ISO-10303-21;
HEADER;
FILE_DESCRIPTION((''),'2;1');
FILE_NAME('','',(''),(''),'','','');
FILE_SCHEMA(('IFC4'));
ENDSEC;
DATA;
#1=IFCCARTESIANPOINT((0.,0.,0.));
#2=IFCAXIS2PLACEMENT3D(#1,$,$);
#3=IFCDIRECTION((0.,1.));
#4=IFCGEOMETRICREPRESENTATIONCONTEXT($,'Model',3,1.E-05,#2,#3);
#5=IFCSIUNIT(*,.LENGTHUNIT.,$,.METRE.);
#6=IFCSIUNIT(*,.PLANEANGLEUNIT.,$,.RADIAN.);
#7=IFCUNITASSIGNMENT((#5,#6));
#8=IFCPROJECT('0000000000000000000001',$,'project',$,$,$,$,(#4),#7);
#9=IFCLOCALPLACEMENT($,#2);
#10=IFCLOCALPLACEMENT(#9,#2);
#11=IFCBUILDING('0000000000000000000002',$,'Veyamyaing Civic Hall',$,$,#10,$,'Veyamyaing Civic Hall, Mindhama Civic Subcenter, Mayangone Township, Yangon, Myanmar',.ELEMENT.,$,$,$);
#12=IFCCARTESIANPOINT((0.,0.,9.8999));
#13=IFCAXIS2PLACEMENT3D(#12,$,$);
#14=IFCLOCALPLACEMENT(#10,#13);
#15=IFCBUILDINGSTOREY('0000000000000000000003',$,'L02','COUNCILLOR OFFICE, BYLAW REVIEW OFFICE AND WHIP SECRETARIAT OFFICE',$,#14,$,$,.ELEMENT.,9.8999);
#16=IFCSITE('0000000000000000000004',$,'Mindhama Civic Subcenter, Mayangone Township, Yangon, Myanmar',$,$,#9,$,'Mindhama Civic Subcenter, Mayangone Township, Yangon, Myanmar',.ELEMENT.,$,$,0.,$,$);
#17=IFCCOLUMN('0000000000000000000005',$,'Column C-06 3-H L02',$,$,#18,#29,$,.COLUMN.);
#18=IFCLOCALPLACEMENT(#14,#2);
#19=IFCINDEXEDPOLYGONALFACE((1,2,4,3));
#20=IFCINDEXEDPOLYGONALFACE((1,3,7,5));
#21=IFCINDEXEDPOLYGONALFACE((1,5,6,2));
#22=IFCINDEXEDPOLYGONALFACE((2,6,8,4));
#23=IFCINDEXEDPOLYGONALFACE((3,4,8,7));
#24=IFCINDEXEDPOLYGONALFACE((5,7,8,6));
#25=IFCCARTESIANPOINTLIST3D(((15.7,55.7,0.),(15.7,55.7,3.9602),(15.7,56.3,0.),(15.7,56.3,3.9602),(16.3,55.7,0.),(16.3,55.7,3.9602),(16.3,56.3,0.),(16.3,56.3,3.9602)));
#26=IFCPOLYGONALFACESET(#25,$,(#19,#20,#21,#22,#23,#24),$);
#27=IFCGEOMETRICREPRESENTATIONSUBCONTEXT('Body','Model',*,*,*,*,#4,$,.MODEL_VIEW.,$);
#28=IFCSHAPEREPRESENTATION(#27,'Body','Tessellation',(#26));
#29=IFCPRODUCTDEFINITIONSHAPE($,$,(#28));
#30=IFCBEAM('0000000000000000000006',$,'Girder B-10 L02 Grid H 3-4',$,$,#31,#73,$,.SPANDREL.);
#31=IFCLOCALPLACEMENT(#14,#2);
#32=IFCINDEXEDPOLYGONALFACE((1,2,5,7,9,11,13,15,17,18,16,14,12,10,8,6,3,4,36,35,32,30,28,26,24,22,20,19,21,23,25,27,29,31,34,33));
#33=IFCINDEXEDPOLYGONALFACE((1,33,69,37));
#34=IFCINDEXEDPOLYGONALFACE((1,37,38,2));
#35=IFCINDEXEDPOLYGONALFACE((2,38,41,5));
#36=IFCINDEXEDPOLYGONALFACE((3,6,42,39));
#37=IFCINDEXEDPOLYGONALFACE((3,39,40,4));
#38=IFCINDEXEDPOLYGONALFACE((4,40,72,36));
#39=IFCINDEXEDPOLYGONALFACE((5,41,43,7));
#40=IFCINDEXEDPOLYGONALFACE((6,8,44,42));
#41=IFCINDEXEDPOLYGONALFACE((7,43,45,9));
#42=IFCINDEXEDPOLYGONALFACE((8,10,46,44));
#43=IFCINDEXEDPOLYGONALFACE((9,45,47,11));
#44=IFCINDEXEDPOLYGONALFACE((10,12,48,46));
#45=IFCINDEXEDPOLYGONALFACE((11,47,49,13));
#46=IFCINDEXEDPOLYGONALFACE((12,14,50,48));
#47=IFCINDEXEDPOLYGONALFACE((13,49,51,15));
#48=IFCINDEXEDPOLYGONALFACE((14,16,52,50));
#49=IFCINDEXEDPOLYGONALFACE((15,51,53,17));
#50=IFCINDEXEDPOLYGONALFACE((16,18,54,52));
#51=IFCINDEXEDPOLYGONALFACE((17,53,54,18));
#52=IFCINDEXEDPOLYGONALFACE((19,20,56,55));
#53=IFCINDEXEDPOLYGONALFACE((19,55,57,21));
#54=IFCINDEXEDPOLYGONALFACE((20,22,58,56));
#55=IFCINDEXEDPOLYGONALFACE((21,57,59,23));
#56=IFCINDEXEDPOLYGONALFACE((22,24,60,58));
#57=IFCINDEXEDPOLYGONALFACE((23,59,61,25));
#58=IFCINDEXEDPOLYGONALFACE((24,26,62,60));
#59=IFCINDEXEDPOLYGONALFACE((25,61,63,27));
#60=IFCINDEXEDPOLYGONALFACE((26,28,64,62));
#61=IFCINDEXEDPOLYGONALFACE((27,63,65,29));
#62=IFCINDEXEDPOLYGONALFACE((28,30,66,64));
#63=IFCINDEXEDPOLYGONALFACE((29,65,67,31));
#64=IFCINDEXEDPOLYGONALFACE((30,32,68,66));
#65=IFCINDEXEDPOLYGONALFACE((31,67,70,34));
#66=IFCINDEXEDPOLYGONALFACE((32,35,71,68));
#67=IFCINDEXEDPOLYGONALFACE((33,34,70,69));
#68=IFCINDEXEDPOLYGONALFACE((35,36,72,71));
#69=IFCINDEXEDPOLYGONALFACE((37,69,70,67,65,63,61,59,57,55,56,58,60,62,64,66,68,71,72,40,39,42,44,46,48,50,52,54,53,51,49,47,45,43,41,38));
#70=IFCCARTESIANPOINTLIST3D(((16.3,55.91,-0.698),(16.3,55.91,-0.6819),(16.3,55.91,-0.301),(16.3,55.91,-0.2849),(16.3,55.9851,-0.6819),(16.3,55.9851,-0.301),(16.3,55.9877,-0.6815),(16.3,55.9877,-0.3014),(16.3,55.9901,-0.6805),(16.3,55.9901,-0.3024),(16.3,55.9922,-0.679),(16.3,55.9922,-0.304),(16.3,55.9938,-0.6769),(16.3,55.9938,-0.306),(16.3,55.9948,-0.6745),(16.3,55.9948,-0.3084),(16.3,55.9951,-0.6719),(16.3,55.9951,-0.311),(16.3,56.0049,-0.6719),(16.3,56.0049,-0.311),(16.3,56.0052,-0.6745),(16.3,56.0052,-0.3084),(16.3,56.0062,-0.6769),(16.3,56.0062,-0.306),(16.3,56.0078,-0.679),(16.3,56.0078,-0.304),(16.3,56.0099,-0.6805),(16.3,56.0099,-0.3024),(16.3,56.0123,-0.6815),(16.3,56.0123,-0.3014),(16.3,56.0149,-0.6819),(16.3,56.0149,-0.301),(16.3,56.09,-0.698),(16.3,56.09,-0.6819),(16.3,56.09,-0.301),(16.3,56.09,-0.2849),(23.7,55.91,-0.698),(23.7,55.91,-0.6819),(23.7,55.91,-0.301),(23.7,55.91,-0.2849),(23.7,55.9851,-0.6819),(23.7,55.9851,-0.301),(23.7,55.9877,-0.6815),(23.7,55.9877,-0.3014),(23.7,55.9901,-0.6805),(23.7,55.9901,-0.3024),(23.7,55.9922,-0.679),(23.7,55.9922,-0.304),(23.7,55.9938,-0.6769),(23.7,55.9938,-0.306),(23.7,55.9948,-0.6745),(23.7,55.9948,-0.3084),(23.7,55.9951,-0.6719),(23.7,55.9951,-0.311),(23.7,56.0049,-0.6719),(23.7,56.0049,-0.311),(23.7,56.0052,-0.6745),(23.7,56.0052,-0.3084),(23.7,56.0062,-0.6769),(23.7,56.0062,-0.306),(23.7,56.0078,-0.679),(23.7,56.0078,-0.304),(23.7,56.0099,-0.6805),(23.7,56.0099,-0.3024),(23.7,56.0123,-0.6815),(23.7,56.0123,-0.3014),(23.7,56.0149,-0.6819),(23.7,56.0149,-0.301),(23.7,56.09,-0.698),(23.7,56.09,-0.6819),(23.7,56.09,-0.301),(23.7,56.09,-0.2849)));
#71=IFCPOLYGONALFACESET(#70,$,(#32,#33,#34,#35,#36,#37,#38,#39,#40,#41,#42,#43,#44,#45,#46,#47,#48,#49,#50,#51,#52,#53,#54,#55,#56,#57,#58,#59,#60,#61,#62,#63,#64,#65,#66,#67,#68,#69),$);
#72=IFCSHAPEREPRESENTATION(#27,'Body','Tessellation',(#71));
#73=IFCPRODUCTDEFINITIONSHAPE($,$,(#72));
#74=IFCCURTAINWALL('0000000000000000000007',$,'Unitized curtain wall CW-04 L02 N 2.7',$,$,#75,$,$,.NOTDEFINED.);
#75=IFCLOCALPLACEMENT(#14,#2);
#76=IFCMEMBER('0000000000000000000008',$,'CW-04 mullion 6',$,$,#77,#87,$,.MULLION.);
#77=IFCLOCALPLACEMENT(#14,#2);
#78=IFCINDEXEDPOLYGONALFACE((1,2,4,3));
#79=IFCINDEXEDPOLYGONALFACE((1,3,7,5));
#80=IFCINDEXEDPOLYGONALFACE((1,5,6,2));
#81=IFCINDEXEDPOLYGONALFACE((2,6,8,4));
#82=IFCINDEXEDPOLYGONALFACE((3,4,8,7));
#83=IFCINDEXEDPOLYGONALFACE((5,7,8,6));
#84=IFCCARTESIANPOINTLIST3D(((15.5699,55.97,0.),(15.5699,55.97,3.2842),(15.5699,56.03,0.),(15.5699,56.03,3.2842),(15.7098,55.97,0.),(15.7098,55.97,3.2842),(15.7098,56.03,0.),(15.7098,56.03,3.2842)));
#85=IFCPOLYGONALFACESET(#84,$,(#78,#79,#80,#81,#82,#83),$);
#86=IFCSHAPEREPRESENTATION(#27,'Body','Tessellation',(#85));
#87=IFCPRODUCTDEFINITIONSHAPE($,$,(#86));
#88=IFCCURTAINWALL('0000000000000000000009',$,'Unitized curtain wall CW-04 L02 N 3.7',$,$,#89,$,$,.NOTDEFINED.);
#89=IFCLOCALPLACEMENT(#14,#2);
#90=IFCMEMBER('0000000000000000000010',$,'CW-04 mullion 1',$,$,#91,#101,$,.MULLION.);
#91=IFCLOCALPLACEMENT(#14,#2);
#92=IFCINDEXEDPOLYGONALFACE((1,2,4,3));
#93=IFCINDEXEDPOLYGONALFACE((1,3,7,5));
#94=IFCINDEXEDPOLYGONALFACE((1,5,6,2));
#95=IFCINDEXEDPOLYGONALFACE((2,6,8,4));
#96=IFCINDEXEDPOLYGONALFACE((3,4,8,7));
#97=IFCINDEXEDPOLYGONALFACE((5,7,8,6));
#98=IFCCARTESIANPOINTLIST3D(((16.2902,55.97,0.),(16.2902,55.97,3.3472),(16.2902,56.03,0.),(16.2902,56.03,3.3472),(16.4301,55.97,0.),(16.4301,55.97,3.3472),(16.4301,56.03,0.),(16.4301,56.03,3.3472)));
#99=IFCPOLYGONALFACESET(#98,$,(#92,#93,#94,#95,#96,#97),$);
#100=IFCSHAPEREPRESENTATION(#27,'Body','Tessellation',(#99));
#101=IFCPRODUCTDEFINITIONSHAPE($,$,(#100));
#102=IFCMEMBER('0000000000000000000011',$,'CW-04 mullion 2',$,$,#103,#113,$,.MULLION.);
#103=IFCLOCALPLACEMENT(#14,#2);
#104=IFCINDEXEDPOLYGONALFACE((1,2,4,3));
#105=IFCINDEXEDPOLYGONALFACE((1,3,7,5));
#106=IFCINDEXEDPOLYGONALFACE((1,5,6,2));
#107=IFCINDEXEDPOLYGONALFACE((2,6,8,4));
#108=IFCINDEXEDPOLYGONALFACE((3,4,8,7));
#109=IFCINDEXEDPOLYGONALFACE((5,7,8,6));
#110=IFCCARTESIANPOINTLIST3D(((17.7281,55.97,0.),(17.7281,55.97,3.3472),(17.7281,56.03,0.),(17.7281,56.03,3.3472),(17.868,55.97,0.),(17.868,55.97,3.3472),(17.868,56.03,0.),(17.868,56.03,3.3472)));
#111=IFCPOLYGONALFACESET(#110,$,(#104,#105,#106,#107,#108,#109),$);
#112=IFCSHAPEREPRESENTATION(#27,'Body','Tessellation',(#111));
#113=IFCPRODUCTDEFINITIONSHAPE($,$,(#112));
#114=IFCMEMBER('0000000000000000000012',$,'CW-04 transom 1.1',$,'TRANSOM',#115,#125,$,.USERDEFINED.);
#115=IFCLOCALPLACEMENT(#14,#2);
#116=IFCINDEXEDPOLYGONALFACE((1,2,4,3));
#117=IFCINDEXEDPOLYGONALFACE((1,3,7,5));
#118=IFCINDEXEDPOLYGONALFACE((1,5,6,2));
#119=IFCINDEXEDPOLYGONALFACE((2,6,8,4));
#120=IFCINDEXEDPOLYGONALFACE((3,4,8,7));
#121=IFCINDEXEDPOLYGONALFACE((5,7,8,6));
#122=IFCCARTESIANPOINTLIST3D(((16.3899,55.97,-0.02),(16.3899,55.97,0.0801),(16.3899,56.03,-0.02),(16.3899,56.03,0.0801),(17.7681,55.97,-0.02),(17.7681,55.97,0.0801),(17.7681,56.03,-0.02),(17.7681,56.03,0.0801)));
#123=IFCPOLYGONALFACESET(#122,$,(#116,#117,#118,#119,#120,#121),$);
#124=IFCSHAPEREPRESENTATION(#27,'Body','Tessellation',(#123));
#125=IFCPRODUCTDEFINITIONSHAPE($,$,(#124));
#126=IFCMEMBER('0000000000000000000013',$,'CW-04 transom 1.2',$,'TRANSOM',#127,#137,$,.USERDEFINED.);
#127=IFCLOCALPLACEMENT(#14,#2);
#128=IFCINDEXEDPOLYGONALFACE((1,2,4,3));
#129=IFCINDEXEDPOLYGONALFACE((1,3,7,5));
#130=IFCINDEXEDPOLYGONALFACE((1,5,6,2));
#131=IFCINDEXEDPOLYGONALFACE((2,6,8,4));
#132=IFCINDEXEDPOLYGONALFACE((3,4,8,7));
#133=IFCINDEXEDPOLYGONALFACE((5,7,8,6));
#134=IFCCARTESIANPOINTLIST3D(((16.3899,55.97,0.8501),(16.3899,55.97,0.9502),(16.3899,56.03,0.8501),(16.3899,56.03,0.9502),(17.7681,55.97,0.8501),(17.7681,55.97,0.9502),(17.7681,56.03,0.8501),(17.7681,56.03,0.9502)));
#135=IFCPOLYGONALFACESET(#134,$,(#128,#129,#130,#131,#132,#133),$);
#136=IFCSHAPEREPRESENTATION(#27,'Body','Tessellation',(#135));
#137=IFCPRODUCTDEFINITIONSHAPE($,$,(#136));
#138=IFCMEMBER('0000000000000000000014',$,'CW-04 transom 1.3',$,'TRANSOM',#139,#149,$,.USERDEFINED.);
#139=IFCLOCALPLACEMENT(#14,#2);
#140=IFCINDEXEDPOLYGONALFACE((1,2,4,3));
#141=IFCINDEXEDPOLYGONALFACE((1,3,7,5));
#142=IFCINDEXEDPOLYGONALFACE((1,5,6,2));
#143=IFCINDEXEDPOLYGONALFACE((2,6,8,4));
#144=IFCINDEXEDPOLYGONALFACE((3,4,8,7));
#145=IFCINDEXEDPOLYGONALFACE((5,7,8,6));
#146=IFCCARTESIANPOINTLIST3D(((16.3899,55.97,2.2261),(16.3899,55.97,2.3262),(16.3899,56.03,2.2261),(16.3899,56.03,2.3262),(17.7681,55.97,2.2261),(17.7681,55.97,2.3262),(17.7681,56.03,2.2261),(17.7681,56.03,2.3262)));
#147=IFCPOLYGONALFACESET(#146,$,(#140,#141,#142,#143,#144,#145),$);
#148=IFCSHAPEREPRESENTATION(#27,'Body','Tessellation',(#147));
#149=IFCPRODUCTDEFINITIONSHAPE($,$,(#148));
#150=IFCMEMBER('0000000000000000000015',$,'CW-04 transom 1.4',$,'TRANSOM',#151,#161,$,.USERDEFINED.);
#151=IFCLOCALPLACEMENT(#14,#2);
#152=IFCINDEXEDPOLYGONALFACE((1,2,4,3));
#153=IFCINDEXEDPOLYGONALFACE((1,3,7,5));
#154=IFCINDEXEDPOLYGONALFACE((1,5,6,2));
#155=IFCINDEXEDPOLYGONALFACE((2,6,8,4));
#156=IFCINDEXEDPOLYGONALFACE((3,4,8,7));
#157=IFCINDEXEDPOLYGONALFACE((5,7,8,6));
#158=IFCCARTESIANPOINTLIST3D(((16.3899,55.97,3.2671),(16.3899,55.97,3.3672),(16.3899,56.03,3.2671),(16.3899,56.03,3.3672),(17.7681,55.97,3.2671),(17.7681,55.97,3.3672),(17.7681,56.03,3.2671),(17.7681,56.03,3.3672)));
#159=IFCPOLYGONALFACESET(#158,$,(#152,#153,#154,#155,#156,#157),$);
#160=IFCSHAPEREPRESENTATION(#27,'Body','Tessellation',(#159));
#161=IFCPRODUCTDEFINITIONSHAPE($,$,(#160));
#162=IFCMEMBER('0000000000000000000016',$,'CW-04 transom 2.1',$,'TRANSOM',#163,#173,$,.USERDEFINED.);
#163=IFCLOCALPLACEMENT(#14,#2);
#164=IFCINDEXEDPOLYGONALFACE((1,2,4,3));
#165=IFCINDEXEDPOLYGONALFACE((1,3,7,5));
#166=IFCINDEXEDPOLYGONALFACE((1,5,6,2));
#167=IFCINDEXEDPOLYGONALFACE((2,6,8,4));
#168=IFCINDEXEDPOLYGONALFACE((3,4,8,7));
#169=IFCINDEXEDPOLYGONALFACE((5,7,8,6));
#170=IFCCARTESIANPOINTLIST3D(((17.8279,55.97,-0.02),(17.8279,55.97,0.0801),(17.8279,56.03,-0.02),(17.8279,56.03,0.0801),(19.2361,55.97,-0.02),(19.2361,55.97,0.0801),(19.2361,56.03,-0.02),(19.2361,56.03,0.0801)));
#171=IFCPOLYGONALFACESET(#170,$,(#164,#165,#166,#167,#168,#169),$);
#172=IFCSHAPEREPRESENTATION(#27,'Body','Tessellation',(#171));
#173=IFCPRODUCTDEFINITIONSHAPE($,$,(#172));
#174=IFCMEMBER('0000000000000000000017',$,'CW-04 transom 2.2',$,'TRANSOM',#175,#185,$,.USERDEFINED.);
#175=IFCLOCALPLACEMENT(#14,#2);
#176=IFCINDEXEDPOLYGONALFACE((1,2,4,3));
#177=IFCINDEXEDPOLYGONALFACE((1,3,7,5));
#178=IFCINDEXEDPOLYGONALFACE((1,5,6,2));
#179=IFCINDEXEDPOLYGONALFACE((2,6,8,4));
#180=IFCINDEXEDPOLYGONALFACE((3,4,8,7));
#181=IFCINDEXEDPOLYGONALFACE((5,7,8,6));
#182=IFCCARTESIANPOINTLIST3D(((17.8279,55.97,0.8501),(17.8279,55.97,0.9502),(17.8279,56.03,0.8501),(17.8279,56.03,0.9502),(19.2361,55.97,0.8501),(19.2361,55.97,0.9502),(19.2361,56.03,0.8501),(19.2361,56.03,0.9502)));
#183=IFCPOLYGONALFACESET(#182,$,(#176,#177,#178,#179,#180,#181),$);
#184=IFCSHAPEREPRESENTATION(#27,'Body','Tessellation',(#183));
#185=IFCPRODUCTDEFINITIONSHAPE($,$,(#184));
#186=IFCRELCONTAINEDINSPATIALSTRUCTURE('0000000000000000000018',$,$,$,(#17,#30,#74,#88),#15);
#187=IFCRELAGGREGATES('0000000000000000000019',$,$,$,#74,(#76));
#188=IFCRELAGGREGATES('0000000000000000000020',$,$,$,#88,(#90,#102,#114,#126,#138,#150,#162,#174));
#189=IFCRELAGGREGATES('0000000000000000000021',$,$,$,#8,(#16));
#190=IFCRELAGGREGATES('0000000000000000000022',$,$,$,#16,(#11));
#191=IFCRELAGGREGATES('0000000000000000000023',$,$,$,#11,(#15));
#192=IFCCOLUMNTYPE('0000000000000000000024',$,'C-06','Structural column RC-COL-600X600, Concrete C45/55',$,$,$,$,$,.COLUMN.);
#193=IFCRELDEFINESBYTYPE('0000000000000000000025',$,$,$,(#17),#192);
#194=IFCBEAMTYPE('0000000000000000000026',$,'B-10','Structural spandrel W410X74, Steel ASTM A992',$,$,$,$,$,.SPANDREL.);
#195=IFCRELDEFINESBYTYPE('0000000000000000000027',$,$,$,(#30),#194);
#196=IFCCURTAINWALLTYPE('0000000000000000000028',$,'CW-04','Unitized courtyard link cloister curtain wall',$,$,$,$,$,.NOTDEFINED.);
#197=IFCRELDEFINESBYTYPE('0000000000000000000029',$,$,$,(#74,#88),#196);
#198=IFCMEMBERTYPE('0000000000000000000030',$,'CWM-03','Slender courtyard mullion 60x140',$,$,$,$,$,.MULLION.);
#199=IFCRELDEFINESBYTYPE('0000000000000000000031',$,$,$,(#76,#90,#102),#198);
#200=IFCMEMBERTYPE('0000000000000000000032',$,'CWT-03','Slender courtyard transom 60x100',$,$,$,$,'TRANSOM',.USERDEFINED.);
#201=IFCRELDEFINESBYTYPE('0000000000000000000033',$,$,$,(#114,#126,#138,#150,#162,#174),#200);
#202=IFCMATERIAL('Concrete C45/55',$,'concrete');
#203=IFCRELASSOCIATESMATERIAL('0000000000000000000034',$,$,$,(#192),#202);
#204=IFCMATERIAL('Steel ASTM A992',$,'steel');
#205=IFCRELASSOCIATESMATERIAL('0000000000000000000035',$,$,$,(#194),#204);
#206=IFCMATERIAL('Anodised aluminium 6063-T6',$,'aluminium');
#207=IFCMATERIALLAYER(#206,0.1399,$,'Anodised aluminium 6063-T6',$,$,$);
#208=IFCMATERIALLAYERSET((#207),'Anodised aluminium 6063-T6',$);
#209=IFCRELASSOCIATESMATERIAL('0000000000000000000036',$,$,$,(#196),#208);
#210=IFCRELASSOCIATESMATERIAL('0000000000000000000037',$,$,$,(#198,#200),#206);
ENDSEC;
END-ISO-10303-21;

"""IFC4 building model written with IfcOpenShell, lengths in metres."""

from ifc_helpers import new_model, si_unit, direction, frame, origin, origin_2d, place, context, subcontext, project, spatial, rectangle, i_section, extrude, material, layer, layer_set, material_profile, profile_set, type_object, element, aggregate, save


model = new_model("IFC4")

# Units and contexts
model_context = context("Model", 3, precision=1e-05, world=origin(), true_north=direction((0.0, 1.0)))
body_context = subcontext(model_context, "Body", "Model", "MODEL_VIEW")
ifc_project = project(units=[si_unit("LENGTHUNIT", "METRE"), si_unit("PLANEANGLEUNIT", "RADIAN")], contexts=[model_context])

# Site, building, storey
site_placement = place(None, origin())
site = spatial("IfcSite", under=ifc_project, at=site_placement, Name="Mindhama Civic Subcenter, Mayangone Township, Yangon, Myanmar", LongName="Mindhama Civic Subcenter, Mayangone Township, Yangon, Myanmar", CompositionType="ELEMENT", RefElevation=0.0)
building_placement = place(site_placement, origin())
building = spatial("IfcBuilding", under=site, at=building_placement, Name="Veyamyaing Civic Hall", LongName="Veyamyaing Civic Hall, Mindhama Civic Subcenter, Mayangone Township, Yangon, Myanmar", CompositionType="ELEMENT")
storey_placement = place(building_placement, frame((0.0, 0.0, 9.8999)))
storey = spatial("IfcBuildingStorey", under=building, at=storey_placement, Name="L02", Description="COUNCILLOR OFFICE, BYLAW REVIEW OFFICE AND WHIP SECRETARIAT OFFICE", CompositionType="ELEMENT", Elevation=9.8999)

# Column
ifc_material_1 = material(Name="Concrete C45/55", Category="concrete")
ifc_material_profile_1 = material_profile(ifc_material_1, rectangle(XDim=0.6001, YDim=0.6001, at=origin_2d()), Name="RC-COL-600X600")
ifc_profile_set_1 = profile_set([ifc_material_profile_1], Name="Concrete C45/55")
column_type = type_object("IfcColumnType", Name="C-06", Description="Structural column RC-COL-600X600, Concrete C45/55", PredefinedType="COLUMN", material=ifc_profile_set_1)
column_placement = place(storey_placement, frame((16.0, 56.0, 0.0), z_axis=(0.0, 0.0, 1.0), x_axis=(1.0, 0.0, 0.0)))
element("IfcColumn", 1, at=column_placement, inside=storey, type_object=column_type, Name="Column C-06 3-H L02", PredefinedType="COLUMN", context=body_context, shape_type="SweptSolid", body=[
    extrude(rectangle(XDim=0.6001, YDim=0.6001, at=origin_2d()), origin(), (0.0, 0.0, 1.0), 3.9602),
])

# Beam
ifc_material_2 = material(Name="Steel ASTM A992", Category="steel")
ifc_material_profile_2 = material_profile(ifc_material_2, i_section(OverallWidth=0.1799, OverallDepth=0.4131, WebThickness=0.0098, FlangeThickness=0.0161, FilletRadius=0.01, at=origin_2d()), Name="W410X74")
ifc_profile_set_2 = profile_set([ifc_material_profile_2], Name="Steel ASTM A992")
beam_type_1 = type_object("IfcBeamType", Name="B-10", Description="Structural spandrel W410X74, Steel ASTM A992", PredefinedType="SPANDREL", material=ifc_profile_set_2)
beam_1_placement = place(storey_placement, frame((16.3, 56.0, -0.4915), z_axis=(1.0, 0.0, 0.0), x_axis=(0.0, 1.0, 0.0)))
element("IfcBeam", 2, at=beam_1_placement, inside=storey, type_object=beam_type_1, Name="Girder B-10 L02 Grid H 3-4", PredefinedType="SPANDREL", context=body_context, shape_type="SweptSolid", body=[
    extrude(i_section(OverallWidth=0.1799, OverallDepth=0.4131, WebThickness=0.0098, FlangeThickness=0.0161, FilletRadius=0.01, at=origin_2d()), origin(), (0.0, 0.0, 1.0), 7.3999),
])

# Curtain wall, member
ifc_material_3 = material(Name="Anodised aluminium 6063-T6", Category="aluminium")
ifc_layer_1 = layer(ifc_material_3, 0.1399, Name="Anodised aluminium 6063-T6")
ifc_layer_set_1 = layer_set([ifc_layer_1], Name="Anodised aluminium 6063-T6")
curtain_wall_type = type_object("IfcCurtainWallType", Name="CW-04", Description="Unitized courtyard link cloister curtain wall", PredefinedType="NOTDEFINED", material=ifc_layer_set_1)
curtain_wall_1_placement = place(storey_placement, origin())
curtain_wall_1 = element("IfcCurtainWall", 3, at=curtain_wall_1_placement, inside=storey, type_object=curtain_wall_type, Name="Unitized curtain wall CW-04 L02 N 2.7", PredefinedType="NOTDEFINED")
ifc_material_profile_3 = material_profile(ifc_material_3, rectangle(XDim=0.0601, YDim=0.1399, at=origin_2d()), Name="ALU-MUL-60X140")
ifc_profile_set_3 = profile_set([ifc_material_profile_3], Name="Anodised aluminium 6063-T6")
member_type_1 = type_object("IfcMemberType", Name="CWM-03", Description="Slender courtyard mullion 60x140", PredefinedType="MULLION", material=ifc_profile_set_3)
member_1_placement = place(storey_placement, frame((15.6399, 56.0, 0.0), z_axis=(0.0, 0.0, 1.0), x_axis=(0.0, 1.0, 0.0)))
member_1 = element("IfcMember", 4, at=member_1_placement, type_object=member_type_1, Name="CW-04 mullion 6", PredefinedType="MULLION", context=body_context, shape_type="SweptSolid", body=[
    extrude(rectangle(XDim=0.0601, YDim=0.1399, at=origin_2d()), origin(), (0.0, 0.0, 1.0), 3.2842),
])

# Curtain wall, members
curtain_wall_2_placement = place(storey_placement, origin())
curtain_wall_2 = element("IfcCurtainWall", 5, at=curtain_wall_2_placement, inside=storey, type_object=curtain_wall_type, Name="Unitized curtain wall CW-04 L02 N 3.7", PredefinedType="NOTDEFINED")
member_2_placement = place(storey_placement, frame((16.3601, 56.0, 0.0), z_axis=(0.0, 0.0, 1.0), x_axis=(0.0, 1.0, 0.0)))
member_2 = element("IfcMember", 6, at=member_2_placement, type_object=member_type_1, Name="CW-04 mullion 1", PredefinedType="MULLION", context=body_context, shape_type="SweptSolid", body=[
    extrude(rectangle(XDim=0.0601, YDim=0.1399, at=origin_2d()), origin(), (0.0, 0.0, 1.0), 3.3472),
])
member_3_placement = place(storey_placement, frame((17.7981, 56.0, 0.0), z_axis=(0.0, 0.0, 1.0), x_axis=(0.0, 1.0, 0.0)))
member_3 = element("IfcMember", 7, at=member_3_placement, type_object=member_type_1, Name="CW-04 mullion 2", PredefinedType="MULLION", context=body_context, shape_type="SweptSolid", body=[
    extrude(rectangle(XDim=0.0601, YDim=0.1399, at=origin_2d()), origin(), (0.0, 0.0, 1.0), 3.3472),
])
ifc_material_profile_4 = material_profile(ifc_material_3, rectangle(XDim=0.0601, YDim=0.1001, at=origin_2d()), Name="ALU-TRN-60X100")
ifc_profile_set_4 = profile_set([ifc_material_profile_4], Name="Anodised aluminium 6063-T6")
member_type_2 = type_object("IfcMemberType", Name="CWT-03", Description="Slender courtyard transom 60x100", ElementType="TRANSOM", PredefinedType="USERDEFINED", material=ifc_profile_set_4)
member_4_placement = place(storey_placement, frame((16.3899, 56.0, 0.03), z_axis=(1.0, 0.0, 0.0), x_axis=(0.0, 1.0, 0.0)))
member_4 = element("IfcMember", 8, at=member_4_placement, type_object=member_type_2, Name="CW-04 transom 1.1", ObjectType="TRANSOM", PredefinedType="USERDEFINED", context=body_context, shape_type="SweptSolid", body=[
    extrude(rectangle(XDim=0.0601, YDim=0.1001, at=origin_2d()), origin(), (0.0, 0.0, 1.0), 1.3782),
])
member_5_placement = place(storey_placement, frame((16.3899, 56.0, 0.9001), z_axis=(1.0, 0.0, 0.0), x_axis=(0.0, 1.0, 0.0)))
member_5 = element("IfcMember", 9, at=member_5_placement, type_object=member_type_2, Name="CW-04 transom 1.2", ObjectType="TRANSOM", PredefinedType="USERDEFINED", context=body_context, shape_type="SweptSolid", body=[
    extrude(rectangle(XDim=0.0601, YDim=0.1001, at=origin_2d()), origin(), (0.0, 0.0, 1.0), 1.3782),
])
member_6_placement = place(storey_placement, frame((16.3899, 56.0, 2.2761), z_axis=(1.0, 0.0, 0.0), x_axis=(0.0, 1.0, 0.0)))
member_6 = element("IfcMember", 10, at=member_6_placement, type_object=member_type_2, Name="CW-04 transom 1.3", ObjectType="TRANSOM", PredefinedType="USERDEFINED", context=body_context, shape_type="SweptSolid", body=[
    extrude(rectangle(XDim=0.0601, YDim=0.1001, at=origin_2d()), origin(), (0.0, 0.0, 1.0), 1.3782),
])
member_7_placement = place(storey_placement, frame((16.3899, 56.0, 3.3171), z_axis=(1.0, 0.0, 0.0), x_axis=(0.0, 1.0, 0.0)))
member_7 = element("IfcMember", 11, at=member_7_placement, type_object=member_type_2, Name="CW-04 transom 1.4", ObjectType="TRANSOM", PredefinedType="USERDEFINED", context=body_context, shape_type="SweptSolid", body=[
    extrude(rectangle(XDim=0.0601, YDim=0.1001, at=origin_2d()), origin(), (0.0, 0.0, 1.0), 1.3782),
])
member_8_placement = place(storey_placement, frame((17.8279, 56.0, 0.03), z_axis=(1.0, 0.0, 0.0), x_axis=(0.0, 1.0, 0.0)))
member_8 = element("IfcMember", 12, at=member_8_placement, type_object=member_type_2, Name="CW-04 transom 2.1", ObjectType="TRANSOM", PredefinedType="USERDEFINED", context=body_context, shape_type="SweptSolid", body=[
    extrude(rectangle(XDim=0.0601, YDim=0.1001, at=origin_2d()), origin(), (0.0, 0.0, 1.0), 1.4082),
])
member_9_placement = place(storey_placement, frame((17.8279, 56.0, 0.9001), z_axis=(1.0, 0.0, 0.0), x_axis=(0.0, 1.0, 0.0)))
member_9 = element("IfcMember", 13, at=member_9_placement, type_object=member_type_2, Name="CW-04 transom 2.2", ObjectType="TRANSOM", PredefinedType="USERDEFINED", context=body_context, shape_type="SweptSolid", body=[
    extrude(rectangle(XDim=0.0601, YDim=0.1001, at=origin_2d()), origin(), (0.0, 0.0, 1.0), 1.4082),
])

aggregate(curtain_wall_1, [member_1])
aggregate(curtain_wall_2, [member_2, member_3, member_4, member_5, member_6, member_7, member_8, member_9])

save(model, "model.ifc")
